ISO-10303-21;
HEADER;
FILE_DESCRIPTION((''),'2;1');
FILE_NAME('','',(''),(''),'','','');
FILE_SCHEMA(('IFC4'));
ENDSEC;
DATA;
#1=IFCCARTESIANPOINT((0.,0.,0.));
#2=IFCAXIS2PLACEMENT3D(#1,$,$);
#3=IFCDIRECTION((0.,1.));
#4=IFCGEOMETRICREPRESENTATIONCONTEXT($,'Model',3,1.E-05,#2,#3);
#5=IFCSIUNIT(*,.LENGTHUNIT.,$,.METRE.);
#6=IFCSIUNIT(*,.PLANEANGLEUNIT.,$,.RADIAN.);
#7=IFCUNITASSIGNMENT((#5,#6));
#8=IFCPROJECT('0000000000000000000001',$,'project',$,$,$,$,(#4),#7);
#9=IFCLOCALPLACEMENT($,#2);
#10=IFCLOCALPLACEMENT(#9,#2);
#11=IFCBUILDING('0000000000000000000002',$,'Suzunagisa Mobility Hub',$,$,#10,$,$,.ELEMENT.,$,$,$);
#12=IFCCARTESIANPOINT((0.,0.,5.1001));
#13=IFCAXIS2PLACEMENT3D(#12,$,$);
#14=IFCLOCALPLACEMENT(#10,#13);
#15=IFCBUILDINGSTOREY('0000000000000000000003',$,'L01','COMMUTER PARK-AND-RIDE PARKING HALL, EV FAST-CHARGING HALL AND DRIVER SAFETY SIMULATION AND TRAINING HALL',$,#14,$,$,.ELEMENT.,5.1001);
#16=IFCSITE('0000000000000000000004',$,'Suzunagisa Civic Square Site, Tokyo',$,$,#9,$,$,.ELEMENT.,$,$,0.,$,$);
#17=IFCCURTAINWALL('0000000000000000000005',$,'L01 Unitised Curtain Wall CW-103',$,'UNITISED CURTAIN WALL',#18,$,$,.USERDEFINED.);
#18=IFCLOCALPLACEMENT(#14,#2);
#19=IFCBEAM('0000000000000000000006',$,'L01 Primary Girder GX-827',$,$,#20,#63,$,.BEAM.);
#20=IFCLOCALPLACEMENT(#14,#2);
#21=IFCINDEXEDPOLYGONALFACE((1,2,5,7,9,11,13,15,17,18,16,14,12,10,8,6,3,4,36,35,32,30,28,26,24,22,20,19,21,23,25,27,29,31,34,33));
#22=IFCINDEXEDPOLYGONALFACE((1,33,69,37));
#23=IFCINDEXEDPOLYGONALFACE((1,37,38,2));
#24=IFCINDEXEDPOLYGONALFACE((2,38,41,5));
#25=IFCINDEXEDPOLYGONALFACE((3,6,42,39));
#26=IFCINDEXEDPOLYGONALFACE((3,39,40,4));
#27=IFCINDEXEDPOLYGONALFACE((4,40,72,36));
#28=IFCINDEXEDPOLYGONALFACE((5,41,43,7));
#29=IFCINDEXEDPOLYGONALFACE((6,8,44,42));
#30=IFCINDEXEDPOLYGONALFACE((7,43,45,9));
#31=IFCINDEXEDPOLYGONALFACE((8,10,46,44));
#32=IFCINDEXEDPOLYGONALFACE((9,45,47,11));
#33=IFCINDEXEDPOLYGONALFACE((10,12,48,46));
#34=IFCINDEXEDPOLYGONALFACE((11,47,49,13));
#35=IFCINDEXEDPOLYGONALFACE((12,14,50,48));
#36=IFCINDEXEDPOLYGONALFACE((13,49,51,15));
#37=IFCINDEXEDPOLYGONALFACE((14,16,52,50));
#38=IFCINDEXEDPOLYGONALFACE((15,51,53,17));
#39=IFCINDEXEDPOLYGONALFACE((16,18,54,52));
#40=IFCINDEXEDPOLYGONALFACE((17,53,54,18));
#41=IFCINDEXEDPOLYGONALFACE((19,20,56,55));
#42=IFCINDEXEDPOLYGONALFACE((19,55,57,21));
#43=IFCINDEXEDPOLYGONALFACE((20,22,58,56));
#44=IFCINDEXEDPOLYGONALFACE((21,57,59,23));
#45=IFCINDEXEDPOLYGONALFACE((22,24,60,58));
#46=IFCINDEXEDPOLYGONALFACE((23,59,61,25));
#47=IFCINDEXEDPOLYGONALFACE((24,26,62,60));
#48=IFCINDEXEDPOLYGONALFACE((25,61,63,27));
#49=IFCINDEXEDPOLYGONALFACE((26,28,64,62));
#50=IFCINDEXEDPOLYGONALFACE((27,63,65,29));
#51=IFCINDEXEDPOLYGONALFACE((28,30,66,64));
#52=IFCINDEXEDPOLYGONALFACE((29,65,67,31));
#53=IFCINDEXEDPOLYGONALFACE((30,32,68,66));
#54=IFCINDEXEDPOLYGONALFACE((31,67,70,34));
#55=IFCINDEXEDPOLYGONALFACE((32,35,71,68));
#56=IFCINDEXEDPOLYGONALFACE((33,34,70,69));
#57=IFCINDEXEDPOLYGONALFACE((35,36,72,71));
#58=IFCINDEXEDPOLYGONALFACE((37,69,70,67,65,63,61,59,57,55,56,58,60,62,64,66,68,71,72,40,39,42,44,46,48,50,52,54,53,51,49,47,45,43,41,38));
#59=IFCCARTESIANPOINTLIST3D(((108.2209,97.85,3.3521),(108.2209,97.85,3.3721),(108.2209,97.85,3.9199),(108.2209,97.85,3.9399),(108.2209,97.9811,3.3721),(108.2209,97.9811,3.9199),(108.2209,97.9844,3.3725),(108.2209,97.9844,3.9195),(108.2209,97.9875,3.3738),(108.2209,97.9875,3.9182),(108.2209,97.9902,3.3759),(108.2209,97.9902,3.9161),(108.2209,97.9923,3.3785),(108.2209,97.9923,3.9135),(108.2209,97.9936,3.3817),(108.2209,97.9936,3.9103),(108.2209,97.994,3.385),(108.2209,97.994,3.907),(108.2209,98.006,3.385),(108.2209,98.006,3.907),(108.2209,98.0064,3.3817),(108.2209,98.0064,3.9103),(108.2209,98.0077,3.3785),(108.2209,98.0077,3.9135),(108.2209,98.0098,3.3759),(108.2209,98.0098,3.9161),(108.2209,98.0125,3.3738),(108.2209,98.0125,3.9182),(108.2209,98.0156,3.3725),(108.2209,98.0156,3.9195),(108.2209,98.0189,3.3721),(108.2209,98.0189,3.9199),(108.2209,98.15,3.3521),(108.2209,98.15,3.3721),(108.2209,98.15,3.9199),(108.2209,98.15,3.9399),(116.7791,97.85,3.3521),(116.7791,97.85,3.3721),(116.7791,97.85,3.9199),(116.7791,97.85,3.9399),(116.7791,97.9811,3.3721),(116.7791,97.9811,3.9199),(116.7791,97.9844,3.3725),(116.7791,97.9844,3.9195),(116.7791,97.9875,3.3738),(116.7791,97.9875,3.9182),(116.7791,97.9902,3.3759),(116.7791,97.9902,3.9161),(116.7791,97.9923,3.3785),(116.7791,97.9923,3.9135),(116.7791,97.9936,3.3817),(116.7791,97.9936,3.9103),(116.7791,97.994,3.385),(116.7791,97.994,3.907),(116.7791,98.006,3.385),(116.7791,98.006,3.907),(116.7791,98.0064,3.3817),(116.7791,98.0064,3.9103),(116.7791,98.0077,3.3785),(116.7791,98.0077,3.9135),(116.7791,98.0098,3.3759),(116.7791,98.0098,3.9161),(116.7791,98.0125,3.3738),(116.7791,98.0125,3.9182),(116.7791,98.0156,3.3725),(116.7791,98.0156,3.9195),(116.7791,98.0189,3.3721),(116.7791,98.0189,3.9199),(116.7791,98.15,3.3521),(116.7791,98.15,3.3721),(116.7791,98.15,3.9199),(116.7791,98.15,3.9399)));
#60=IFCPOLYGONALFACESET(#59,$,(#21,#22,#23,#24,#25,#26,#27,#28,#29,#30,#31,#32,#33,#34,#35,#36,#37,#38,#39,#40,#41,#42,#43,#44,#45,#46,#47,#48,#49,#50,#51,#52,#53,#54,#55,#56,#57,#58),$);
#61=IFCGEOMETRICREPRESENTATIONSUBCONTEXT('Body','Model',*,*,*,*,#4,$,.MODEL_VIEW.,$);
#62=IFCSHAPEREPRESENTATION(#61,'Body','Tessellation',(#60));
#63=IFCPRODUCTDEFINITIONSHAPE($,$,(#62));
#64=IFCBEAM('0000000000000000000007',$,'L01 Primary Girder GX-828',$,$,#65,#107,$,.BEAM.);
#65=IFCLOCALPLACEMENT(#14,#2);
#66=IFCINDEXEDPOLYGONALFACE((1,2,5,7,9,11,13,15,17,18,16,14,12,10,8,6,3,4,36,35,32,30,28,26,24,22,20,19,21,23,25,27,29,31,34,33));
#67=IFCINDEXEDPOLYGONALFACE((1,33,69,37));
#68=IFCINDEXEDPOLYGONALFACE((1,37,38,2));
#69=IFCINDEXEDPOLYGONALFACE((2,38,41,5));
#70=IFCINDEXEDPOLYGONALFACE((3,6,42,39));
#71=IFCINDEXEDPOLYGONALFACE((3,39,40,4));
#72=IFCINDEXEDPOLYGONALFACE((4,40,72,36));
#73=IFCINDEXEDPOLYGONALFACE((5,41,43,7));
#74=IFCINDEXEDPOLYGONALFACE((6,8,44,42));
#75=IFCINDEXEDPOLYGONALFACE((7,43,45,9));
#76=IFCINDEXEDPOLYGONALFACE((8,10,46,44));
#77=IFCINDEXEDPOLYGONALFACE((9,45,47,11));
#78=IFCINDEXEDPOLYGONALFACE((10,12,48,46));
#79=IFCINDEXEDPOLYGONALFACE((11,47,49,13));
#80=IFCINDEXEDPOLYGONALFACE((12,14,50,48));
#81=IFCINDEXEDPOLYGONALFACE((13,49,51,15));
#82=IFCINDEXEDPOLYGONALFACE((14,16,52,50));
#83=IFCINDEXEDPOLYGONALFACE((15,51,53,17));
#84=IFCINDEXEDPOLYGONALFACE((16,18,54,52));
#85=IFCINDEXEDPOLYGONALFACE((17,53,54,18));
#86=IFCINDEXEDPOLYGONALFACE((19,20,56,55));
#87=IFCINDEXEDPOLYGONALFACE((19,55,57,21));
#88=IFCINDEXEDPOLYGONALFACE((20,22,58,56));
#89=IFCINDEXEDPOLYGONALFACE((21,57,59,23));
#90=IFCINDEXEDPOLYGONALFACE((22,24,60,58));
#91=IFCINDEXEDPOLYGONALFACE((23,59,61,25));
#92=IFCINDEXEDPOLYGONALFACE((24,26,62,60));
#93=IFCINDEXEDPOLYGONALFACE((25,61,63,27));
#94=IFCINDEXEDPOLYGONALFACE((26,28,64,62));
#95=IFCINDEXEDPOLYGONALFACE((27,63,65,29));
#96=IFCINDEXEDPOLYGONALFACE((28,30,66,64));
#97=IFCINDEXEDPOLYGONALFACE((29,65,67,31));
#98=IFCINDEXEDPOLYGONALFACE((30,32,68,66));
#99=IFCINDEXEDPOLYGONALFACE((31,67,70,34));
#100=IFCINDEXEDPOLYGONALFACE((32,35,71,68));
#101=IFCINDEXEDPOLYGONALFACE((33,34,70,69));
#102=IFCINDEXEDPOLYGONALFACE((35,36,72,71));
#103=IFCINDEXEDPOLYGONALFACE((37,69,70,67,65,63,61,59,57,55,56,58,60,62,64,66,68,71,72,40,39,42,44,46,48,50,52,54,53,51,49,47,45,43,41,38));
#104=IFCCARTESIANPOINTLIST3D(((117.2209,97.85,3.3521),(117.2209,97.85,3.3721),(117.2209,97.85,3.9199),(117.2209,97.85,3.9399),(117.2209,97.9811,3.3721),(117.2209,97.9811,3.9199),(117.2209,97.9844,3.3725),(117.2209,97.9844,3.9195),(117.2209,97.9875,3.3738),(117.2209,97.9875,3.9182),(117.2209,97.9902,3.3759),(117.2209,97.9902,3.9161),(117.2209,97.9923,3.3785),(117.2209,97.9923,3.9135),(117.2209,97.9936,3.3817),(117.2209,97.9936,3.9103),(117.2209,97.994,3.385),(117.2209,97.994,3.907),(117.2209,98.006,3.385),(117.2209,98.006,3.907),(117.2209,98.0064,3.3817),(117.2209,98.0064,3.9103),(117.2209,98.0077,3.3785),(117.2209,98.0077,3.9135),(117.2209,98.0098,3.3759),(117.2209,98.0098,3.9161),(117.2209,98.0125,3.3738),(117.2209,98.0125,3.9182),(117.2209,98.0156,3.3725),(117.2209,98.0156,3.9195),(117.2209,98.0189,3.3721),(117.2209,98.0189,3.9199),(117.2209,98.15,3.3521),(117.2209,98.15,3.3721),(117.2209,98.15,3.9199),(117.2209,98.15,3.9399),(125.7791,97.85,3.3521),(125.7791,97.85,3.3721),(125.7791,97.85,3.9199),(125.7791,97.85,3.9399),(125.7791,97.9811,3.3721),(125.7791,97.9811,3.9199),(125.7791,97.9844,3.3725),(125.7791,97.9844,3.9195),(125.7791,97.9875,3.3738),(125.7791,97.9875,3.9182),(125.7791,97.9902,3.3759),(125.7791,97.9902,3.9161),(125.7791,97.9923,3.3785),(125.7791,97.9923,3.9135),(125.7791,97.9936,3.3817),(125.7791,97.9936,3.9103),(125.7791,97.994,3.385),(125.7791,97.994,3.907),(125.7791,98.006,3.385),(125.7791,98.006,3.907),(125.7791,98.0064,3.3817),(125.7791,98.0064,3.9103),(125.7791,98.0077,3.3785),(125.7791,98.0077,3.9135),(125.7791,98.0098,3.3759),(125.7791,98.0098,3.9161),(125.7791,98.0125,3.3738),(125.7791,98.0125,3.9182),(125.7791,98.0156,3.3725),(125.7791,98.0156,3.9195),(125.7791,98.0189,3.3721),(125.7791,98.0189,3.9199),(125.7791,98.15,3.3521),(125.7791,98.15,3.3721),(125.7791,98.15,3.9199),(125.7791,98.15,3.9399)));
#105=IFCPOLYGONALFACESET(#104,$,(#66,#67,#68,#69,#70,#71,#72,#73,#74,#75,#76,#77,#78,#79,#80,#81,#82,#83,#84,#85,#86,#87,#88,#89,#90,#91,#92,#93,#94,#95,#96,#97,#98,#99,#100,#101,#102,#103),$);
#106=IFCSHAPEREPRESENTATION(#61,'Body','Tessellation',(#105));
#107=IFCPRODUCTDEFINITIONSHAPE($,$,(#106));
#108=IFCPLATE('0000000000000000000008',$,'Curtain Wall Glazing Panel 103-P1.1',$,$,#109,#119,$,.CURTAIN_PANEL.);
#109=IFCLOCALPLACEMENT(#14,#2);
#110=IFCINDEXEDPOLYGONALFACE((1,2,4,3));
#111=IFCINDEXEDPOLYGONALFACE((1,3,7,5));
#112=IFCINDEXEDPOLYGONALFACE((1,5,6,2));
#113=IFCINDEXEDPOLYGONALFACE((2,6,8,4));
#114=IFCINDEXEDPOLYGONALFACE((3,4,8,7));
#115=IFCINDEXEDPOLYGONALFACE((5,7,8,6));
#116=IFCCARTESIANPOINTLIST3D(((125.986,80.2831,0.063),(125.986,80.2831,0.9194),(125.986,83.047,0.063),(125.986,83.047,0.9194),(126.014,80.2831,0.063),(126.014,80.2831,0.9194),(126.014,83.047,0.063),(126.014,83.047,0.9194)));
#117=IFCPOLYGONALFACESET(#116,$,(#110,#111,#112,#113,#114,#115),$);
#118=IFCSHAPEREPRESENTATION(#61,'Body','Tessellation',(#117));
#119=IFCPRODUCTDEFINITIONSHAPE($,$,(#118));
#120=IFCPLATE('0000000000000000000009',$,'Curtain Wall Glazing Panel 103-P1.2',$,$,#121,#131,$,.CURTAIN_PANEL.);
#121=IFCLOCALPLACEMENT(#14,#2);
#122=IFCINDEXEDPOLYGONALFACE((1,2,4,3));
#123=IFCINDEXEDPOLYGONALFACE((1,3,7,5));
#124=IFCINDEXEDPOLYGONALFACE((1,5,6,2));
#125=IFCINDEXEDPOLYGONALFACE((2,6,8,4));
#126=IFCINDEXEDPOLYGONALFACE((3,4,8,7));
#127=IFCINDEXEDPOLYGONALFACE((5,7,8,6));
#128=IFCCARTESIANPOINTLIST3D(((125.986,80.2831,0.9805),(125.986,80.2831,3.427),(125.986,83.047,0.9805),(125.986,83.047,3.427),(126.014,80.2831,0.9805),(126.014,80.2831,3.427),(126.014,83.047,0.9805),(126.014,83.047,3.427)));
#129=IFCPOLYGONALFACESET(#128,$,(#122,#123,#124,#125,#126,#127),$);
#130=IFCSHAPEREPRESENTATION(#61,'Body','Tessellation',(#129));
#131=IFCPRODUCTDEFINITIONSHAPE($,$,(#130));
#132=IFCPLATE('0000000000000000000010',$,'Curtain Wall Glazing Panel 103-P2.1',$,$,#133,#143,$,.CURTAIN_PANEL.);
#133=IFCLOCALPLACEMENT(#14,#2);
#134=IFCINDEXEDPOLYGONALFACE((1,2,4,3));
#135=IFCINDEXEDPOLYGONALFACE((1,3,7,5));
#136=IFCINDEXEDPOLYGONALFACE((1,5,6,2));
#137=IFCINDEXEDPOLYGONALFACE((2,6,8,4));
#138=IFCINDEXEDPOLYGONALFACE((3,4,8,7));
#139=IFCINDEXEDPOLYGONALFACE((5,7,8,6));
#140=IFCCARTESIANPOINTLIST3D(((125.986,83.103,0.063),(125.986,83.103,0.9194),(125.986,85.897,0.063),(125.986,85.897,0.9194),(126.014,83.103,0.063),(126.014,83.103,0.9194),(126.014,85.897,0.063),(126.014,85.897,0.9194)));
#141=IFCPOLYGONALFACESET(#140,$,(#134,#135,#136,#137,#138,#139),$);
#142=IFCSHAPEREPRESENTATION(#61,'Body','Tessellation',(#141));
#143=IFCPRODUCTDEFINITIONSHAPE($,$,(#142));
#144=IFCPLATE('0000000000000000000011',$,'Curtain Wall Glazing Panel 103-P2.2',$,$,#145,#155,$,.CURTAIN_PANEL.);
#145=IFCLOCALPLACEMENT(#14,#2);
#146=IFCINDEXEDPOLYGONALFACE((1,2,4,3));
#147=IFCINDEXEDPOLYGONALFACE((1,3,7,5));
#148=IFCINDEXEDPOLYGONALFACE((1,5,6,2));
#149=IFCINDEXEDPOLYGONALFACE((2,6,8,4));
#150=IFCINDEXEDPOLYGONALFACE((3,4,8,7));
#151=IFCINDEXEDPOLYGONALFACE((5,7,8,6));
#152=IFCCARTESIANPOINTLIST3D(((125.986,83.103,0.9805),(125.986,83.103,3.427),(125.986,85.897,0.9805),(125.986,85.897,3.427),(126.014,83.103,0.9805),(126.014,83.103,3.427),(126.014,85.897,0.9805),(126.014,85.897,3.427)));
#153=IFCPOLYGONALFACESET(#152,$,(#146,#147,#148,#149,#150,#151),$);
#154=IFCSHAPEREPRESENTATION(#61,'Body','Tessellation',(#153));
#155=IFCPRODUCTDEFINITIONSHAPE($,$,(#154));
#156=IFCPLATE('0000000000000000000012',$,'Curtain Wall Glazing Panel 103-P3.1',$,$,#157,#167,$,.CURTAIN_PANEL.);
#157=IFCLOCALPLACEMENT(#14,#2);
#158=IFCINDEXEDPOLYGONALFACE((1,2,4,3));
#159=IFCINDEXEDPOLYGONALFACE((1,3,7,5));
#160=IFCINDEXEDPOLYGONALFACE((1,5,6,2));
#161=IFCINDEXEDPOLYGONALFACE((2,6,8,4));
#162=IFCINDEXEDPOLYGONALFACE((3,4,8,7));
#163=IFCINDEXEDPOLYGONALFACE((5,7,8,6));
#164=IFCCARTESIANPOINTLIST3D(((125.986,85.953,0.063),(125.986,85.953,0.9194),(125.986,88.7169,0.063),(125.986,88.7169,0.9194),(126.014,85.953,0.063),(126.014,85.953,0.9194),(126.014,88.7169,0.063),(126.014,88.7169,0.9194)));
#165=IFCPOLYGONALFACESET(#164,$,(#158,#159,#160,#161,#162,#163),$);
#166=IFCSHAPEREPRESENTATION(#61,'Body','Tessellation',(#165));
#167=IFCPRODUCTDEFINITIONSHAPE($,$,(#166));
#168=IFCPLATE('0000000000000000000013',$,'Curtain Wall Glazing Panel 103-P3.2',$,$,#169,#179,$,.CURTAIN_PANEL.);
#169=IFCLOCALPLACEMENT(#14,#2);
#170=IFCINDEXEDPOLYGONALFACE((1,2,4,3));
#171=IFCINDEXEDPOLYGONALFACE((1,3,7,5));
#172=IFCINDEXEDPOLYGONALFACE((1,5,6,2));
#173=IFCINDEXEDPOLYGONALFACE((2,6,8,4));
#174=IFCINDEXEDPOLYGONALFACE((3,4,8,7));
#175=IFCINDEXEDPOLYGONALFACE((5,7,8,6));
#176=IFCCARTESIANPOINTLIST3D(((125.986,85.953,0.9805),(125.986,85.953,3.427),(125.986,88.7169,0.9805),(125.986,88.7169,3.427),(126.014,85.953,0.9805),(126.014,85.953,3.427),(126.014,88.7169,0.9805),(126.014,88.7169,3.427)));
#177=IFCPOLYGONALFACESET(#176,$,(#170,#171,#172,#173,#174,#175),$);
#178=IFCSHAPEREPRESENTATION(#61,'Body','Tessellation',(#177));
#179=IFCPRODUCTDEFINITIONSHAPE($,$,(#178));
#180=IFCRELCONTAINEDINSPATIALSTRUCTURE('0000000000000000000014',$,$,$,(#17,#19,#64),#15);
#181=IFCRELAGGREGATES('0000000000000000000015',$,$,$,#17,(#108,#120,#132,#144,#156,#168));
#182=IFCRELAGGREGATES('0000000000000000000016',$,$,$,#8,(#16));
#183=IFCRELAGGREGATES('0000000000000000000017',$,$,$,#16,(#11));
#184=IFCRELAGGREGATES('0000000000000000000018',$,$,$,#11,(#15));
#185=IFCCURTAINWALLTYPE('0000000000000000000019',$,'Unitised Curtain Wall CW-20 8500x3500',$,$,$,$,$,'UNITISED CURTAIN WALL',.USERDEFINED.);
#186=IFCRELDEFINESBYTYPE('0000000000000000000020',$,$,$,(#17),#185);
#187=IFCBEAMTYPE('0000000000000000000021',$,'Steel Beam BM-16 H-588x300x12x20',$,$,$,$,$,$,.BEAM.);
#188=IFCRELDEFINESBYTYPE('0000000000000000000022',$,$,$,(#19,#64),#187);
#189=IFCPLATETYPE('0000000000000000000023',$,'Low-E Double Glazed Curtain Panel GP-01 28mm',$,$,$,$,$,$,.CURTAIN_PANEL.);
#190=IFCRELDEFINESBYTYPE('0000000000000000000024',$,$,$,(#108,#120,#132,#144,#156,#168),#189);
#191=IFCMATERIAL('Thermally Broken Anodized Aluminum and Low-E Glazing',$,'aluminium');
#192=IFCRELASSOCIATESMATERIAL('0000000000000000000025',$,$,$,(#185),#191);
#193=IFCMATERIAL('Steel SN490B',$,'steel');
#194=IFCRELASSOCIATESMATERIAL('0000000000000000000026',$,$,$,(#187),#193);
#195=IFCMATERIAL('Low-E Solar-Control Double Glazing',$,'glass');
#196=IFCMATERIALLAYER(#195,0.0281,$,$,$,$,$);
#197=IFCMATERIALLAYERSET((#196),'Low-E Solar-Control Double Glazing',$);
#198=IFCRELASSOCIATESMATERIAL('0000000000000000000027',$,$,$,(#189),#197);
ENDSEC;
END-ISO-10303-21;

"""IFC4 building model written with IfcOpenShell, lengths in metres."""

from ifc_helpers import new_model, si_unit, direction, frame, origin, origin_2d, place, context, subcontext, project, spatial, rectangle, i_section, extrude, material, layer, layer_set, material_profile, profile_set, type_object, element, aggregate, save


model = new_model("IFC4")

# Units and contexts
model_context = context("Model", 3, precision=1e-05, world=origin(), true_north=direction((0.0, 1.0)))
body_context = subcontext(model_context, "Body", "Model", "MODEL_VIEW")
ifc_project = project(units=[si_unit("LENGTHUNIT", "METRE"), si_unit("PLANEANGLEUNIT", "RADIAN")], contexts=[model_context])

# Site, building, storey
site_placement = place(None, origin())
site = spatial("IfcSite", under=ifc_project, at=site_placement, Name="Suzunagisa Civic Square Site, Tokyo", CompositionType="ELEMENT", RefElevation=0.0)
building_placement = place(site_placement, origin())
building = spatial("IfcBuilding", under=site, at=building_placement, Name="Suzunagisa Mobility Hub", CompositionType="ELEMENT")
storey_placement = place(building_placement, frame((0.0, 0.0, 5.1001)))
storey = spatial("IfcBuildingStorey", under=building, at=storey_placement, Name="L01", Description="COMMUTER PARK-AND-RIDE PARKING HALL, EV FAST-CHARGING HALL AND DRIVER SAFETY SIMULATION AND TRAINING HALL", CompositionType="ELEMENT", Elevation=5.1001)

# Shared definitions
ifc_material_1 = material(Name="Steel SN490B", Category="steel")

# Curtain wall
ifc_material_2 = material(Name="Thermally Broken Anodized Aluminum and Low-E Glazing", Category="aluminium")
curtain_wall_type = type_object("IfcCurtainWallType", Name="Unitised Curtain Wall CW-20 8500x3500", ElementType="UNITISED CURTAIN WALL", PredefinedType="USERDEFINED", material=ifc_material_2)
curtain_wall_placement = place(storey_placement, origin())
curtain_wall = element("IfcCurtainWall", 1, at=curtain_wall_placement, inside=storey, type_object=curtain_wall_type, Name="L01 Unitised Curtain Wall CW-103", ObjectType="UNITISED CURTAIN WALL", PredefinedType="USERDEFINED")

# Beams
ifc_material_profile_1 = material_profile(ifc_material_1, i_section(OverallWidth=0.3, OverallDepth=0.5879, WebThickness=0.012, FlangeThickness=0.02, FilletRadius=0.0129, at=origin_2d()), Name="H-588x300x12x20")
ifc_profile_set_1 = profile_set([ifc_material_profile_1], Name="Steel SN490B")
beam_type_1 = type_object("IfcBeamType", Name="Steel Beam BM-16 H-588x300x12x20", PredefinedType="BEAM", material=ifc_profile_set_1)
for number, where, z_axis, x_axis, name in (
    (2, (108.2209, 98.0, 3.646), (1.0, 0.0, 0.0), (0.0, 1.0, 0.0), "L01 Primary Girder GX-827"),
    (3, (117.2209, 98.0, 3.646), (1.0, 0.0, 0.0), (0.0, 1.0, 0.0), "L01 Primary Girder GX-828"),
):
    element("IfcBeam", number, at=place(storey_placement, frame(where, z_axis=z_axis, x_axis=x_axis)), inside=storey, type_object=beam_type_1, Name=name, PredefinedType="BEAM", context=body_context, shape_type="SweptSolid", body=[
        extrude(i_section(OverallWidth=0.3, OverallDepth=0.5879, WebThickness=0.012, FlangeThickness=0.02, FilletRadius=0.0129, at=origin_2d()), origin(), (0.0, 0.0, 1.0), 8.5581),
    ])

# Plates
ifc_material_3 = material(Name="Low-E Solar-Control Double Glazing", Category="glass")
ifc_layer_1 = layer(ifc_material_3, 0.0281)
ifc_layer_set_1 = layer_set([ifc_layer_1], Name="Low-E Solar-Control Double Glazing")
plate_type = type_object("IfcPlateType", Name="Low-E Double Glazed Curtain Panel GP-01 28mm", PredefinedType="CURTAIN_PANEL", material=ifc_layer_set_1)
plate_1_placement = place(storey_placement, frame((126.0, 81.665, 0.063), z_axis=(0.0, 0.0, 1.0), x_axis=(0.0, 1.0, 0.0)))
plate_1 = element("IfcPlate", 4, at=plate_1_placement, type_object=plate_type, Name="Curtain Wall Glazing Panel 103-P1.1", PredefinedType="CURTAIN_PANEL", context=body_context, shape_type="SweptSolid", body=[
    extrude(rectangle(XDim=2.7639, YDim=0.0281, at=origin_2d()), origin(), (0.0, 0.0, 1.0), 0.8564),
])
plate_2_placement = place(storey_placement, frame((126.0, 81.665, 0.9805), z_axis=(0.0, 0.0, 1.0), x_axis=(0.0, 1.0, 0.0)))
plate_2 = element("IfcPlate", 5, at=plate_2_placement, type_object=plate_type, Name="Curtain Wall Glazing Panel 103-P1.2", PredefinedType="CURTAIN_PANEL", context=body_context, shape_type="SweptSolid", body=[
    extrude(rectangle(XDim=2.7639, YDim=0.0281, at=origin_2d()), origin(), (0.0, 0.0, 1.0), 2.4465),
])
plate_3_placement = place(storey_placement, frame((126.0, 84.5, 0.063), z_axis=(0.0, 0.0, 1.0), x_axis=(0.0, 1.0, 0.0)))
plate_3 = element("IfcPlate", 6, at=plate_3_placement, type_object=plate_type, Name="Curtain Wall Glazing Panel 103-P2.1", PredefinedType="CURTAIN_PANEL", context=body_context, shape_type="SweptSolid", body=[
    extrude(rectangle(XDim=2.7939, YDim=0.0281, at=origin_2d()), origin(), (0.0, 0.0, 1.0), 0.8564),
])
plate_4_placement = place(storey_placement, frame((126.0, 84.5, 0.9805), z_axis=(0.0, 0.0, 1.0), x_axis=(0.0, 1.0, 0.0)))
plate_4 = element("IfcPlate", 7, at=plate_4_placement, type_object=plate_type, Name="Curtain Wall Glazing Panel 103-P2.2", PredefinedType="CURTAIN_PANEL", context=body_context, shape_type="SweptSolid", body=[
    extrude(rectangle(XDim=2.7939, YDim=0.0281, at=origin_2d()), origin(), (0.0, 0.0, 1.0), 2.4465),
])
plate_5_placement = place(storey_placement, frame((126.0, 87.335, 0.063), z_axis=(0.0, 0.0, 1.0), x_axis=(0.0, 1.0, 0.0)))
plate_5 = element("IfcPlate", 8, at=plate_5_placement, type_object=plate_type, Name="Curtain Wall Glazing Panel 103-P3.1", PredefinedType="CURTAIN_PANEL", context=body_context, shape_type="SweptSolid", body=[
    extrude(rectangle(XDim=2.7639, YDim=0.0281, at=origin_2d()), origin(), (0.0, 0.0, 1.0), 0.8564),
])
plate_6_placement = place(storey_placement, frame((126.0, 87.335, 0.9805), z_axis=(0.0, 0.0, 1.0), x_axis=(0.0, 1.0, 0.0)))
plate_6 = element("IfcPlate", 9, at=plate_6_placement, type_object=plate_type, Name="Curtain Wall Glazing Panel 103-P3.2", PredefinedType="CURTAIN_PANEL", context=body_context, shape_type="SweptSolid", body=[
    extrude(rectangle(XDim=2.7639, YDim=0.0281, at=origin_2d()), origin(), (0.0, 0.0, 1.0), 2.4465),
])
aggregate(curtain_wall, [plate_1, plate_2, plate_3, plate_4, plate_5, plate_6])

save(model, "model.ifc")
